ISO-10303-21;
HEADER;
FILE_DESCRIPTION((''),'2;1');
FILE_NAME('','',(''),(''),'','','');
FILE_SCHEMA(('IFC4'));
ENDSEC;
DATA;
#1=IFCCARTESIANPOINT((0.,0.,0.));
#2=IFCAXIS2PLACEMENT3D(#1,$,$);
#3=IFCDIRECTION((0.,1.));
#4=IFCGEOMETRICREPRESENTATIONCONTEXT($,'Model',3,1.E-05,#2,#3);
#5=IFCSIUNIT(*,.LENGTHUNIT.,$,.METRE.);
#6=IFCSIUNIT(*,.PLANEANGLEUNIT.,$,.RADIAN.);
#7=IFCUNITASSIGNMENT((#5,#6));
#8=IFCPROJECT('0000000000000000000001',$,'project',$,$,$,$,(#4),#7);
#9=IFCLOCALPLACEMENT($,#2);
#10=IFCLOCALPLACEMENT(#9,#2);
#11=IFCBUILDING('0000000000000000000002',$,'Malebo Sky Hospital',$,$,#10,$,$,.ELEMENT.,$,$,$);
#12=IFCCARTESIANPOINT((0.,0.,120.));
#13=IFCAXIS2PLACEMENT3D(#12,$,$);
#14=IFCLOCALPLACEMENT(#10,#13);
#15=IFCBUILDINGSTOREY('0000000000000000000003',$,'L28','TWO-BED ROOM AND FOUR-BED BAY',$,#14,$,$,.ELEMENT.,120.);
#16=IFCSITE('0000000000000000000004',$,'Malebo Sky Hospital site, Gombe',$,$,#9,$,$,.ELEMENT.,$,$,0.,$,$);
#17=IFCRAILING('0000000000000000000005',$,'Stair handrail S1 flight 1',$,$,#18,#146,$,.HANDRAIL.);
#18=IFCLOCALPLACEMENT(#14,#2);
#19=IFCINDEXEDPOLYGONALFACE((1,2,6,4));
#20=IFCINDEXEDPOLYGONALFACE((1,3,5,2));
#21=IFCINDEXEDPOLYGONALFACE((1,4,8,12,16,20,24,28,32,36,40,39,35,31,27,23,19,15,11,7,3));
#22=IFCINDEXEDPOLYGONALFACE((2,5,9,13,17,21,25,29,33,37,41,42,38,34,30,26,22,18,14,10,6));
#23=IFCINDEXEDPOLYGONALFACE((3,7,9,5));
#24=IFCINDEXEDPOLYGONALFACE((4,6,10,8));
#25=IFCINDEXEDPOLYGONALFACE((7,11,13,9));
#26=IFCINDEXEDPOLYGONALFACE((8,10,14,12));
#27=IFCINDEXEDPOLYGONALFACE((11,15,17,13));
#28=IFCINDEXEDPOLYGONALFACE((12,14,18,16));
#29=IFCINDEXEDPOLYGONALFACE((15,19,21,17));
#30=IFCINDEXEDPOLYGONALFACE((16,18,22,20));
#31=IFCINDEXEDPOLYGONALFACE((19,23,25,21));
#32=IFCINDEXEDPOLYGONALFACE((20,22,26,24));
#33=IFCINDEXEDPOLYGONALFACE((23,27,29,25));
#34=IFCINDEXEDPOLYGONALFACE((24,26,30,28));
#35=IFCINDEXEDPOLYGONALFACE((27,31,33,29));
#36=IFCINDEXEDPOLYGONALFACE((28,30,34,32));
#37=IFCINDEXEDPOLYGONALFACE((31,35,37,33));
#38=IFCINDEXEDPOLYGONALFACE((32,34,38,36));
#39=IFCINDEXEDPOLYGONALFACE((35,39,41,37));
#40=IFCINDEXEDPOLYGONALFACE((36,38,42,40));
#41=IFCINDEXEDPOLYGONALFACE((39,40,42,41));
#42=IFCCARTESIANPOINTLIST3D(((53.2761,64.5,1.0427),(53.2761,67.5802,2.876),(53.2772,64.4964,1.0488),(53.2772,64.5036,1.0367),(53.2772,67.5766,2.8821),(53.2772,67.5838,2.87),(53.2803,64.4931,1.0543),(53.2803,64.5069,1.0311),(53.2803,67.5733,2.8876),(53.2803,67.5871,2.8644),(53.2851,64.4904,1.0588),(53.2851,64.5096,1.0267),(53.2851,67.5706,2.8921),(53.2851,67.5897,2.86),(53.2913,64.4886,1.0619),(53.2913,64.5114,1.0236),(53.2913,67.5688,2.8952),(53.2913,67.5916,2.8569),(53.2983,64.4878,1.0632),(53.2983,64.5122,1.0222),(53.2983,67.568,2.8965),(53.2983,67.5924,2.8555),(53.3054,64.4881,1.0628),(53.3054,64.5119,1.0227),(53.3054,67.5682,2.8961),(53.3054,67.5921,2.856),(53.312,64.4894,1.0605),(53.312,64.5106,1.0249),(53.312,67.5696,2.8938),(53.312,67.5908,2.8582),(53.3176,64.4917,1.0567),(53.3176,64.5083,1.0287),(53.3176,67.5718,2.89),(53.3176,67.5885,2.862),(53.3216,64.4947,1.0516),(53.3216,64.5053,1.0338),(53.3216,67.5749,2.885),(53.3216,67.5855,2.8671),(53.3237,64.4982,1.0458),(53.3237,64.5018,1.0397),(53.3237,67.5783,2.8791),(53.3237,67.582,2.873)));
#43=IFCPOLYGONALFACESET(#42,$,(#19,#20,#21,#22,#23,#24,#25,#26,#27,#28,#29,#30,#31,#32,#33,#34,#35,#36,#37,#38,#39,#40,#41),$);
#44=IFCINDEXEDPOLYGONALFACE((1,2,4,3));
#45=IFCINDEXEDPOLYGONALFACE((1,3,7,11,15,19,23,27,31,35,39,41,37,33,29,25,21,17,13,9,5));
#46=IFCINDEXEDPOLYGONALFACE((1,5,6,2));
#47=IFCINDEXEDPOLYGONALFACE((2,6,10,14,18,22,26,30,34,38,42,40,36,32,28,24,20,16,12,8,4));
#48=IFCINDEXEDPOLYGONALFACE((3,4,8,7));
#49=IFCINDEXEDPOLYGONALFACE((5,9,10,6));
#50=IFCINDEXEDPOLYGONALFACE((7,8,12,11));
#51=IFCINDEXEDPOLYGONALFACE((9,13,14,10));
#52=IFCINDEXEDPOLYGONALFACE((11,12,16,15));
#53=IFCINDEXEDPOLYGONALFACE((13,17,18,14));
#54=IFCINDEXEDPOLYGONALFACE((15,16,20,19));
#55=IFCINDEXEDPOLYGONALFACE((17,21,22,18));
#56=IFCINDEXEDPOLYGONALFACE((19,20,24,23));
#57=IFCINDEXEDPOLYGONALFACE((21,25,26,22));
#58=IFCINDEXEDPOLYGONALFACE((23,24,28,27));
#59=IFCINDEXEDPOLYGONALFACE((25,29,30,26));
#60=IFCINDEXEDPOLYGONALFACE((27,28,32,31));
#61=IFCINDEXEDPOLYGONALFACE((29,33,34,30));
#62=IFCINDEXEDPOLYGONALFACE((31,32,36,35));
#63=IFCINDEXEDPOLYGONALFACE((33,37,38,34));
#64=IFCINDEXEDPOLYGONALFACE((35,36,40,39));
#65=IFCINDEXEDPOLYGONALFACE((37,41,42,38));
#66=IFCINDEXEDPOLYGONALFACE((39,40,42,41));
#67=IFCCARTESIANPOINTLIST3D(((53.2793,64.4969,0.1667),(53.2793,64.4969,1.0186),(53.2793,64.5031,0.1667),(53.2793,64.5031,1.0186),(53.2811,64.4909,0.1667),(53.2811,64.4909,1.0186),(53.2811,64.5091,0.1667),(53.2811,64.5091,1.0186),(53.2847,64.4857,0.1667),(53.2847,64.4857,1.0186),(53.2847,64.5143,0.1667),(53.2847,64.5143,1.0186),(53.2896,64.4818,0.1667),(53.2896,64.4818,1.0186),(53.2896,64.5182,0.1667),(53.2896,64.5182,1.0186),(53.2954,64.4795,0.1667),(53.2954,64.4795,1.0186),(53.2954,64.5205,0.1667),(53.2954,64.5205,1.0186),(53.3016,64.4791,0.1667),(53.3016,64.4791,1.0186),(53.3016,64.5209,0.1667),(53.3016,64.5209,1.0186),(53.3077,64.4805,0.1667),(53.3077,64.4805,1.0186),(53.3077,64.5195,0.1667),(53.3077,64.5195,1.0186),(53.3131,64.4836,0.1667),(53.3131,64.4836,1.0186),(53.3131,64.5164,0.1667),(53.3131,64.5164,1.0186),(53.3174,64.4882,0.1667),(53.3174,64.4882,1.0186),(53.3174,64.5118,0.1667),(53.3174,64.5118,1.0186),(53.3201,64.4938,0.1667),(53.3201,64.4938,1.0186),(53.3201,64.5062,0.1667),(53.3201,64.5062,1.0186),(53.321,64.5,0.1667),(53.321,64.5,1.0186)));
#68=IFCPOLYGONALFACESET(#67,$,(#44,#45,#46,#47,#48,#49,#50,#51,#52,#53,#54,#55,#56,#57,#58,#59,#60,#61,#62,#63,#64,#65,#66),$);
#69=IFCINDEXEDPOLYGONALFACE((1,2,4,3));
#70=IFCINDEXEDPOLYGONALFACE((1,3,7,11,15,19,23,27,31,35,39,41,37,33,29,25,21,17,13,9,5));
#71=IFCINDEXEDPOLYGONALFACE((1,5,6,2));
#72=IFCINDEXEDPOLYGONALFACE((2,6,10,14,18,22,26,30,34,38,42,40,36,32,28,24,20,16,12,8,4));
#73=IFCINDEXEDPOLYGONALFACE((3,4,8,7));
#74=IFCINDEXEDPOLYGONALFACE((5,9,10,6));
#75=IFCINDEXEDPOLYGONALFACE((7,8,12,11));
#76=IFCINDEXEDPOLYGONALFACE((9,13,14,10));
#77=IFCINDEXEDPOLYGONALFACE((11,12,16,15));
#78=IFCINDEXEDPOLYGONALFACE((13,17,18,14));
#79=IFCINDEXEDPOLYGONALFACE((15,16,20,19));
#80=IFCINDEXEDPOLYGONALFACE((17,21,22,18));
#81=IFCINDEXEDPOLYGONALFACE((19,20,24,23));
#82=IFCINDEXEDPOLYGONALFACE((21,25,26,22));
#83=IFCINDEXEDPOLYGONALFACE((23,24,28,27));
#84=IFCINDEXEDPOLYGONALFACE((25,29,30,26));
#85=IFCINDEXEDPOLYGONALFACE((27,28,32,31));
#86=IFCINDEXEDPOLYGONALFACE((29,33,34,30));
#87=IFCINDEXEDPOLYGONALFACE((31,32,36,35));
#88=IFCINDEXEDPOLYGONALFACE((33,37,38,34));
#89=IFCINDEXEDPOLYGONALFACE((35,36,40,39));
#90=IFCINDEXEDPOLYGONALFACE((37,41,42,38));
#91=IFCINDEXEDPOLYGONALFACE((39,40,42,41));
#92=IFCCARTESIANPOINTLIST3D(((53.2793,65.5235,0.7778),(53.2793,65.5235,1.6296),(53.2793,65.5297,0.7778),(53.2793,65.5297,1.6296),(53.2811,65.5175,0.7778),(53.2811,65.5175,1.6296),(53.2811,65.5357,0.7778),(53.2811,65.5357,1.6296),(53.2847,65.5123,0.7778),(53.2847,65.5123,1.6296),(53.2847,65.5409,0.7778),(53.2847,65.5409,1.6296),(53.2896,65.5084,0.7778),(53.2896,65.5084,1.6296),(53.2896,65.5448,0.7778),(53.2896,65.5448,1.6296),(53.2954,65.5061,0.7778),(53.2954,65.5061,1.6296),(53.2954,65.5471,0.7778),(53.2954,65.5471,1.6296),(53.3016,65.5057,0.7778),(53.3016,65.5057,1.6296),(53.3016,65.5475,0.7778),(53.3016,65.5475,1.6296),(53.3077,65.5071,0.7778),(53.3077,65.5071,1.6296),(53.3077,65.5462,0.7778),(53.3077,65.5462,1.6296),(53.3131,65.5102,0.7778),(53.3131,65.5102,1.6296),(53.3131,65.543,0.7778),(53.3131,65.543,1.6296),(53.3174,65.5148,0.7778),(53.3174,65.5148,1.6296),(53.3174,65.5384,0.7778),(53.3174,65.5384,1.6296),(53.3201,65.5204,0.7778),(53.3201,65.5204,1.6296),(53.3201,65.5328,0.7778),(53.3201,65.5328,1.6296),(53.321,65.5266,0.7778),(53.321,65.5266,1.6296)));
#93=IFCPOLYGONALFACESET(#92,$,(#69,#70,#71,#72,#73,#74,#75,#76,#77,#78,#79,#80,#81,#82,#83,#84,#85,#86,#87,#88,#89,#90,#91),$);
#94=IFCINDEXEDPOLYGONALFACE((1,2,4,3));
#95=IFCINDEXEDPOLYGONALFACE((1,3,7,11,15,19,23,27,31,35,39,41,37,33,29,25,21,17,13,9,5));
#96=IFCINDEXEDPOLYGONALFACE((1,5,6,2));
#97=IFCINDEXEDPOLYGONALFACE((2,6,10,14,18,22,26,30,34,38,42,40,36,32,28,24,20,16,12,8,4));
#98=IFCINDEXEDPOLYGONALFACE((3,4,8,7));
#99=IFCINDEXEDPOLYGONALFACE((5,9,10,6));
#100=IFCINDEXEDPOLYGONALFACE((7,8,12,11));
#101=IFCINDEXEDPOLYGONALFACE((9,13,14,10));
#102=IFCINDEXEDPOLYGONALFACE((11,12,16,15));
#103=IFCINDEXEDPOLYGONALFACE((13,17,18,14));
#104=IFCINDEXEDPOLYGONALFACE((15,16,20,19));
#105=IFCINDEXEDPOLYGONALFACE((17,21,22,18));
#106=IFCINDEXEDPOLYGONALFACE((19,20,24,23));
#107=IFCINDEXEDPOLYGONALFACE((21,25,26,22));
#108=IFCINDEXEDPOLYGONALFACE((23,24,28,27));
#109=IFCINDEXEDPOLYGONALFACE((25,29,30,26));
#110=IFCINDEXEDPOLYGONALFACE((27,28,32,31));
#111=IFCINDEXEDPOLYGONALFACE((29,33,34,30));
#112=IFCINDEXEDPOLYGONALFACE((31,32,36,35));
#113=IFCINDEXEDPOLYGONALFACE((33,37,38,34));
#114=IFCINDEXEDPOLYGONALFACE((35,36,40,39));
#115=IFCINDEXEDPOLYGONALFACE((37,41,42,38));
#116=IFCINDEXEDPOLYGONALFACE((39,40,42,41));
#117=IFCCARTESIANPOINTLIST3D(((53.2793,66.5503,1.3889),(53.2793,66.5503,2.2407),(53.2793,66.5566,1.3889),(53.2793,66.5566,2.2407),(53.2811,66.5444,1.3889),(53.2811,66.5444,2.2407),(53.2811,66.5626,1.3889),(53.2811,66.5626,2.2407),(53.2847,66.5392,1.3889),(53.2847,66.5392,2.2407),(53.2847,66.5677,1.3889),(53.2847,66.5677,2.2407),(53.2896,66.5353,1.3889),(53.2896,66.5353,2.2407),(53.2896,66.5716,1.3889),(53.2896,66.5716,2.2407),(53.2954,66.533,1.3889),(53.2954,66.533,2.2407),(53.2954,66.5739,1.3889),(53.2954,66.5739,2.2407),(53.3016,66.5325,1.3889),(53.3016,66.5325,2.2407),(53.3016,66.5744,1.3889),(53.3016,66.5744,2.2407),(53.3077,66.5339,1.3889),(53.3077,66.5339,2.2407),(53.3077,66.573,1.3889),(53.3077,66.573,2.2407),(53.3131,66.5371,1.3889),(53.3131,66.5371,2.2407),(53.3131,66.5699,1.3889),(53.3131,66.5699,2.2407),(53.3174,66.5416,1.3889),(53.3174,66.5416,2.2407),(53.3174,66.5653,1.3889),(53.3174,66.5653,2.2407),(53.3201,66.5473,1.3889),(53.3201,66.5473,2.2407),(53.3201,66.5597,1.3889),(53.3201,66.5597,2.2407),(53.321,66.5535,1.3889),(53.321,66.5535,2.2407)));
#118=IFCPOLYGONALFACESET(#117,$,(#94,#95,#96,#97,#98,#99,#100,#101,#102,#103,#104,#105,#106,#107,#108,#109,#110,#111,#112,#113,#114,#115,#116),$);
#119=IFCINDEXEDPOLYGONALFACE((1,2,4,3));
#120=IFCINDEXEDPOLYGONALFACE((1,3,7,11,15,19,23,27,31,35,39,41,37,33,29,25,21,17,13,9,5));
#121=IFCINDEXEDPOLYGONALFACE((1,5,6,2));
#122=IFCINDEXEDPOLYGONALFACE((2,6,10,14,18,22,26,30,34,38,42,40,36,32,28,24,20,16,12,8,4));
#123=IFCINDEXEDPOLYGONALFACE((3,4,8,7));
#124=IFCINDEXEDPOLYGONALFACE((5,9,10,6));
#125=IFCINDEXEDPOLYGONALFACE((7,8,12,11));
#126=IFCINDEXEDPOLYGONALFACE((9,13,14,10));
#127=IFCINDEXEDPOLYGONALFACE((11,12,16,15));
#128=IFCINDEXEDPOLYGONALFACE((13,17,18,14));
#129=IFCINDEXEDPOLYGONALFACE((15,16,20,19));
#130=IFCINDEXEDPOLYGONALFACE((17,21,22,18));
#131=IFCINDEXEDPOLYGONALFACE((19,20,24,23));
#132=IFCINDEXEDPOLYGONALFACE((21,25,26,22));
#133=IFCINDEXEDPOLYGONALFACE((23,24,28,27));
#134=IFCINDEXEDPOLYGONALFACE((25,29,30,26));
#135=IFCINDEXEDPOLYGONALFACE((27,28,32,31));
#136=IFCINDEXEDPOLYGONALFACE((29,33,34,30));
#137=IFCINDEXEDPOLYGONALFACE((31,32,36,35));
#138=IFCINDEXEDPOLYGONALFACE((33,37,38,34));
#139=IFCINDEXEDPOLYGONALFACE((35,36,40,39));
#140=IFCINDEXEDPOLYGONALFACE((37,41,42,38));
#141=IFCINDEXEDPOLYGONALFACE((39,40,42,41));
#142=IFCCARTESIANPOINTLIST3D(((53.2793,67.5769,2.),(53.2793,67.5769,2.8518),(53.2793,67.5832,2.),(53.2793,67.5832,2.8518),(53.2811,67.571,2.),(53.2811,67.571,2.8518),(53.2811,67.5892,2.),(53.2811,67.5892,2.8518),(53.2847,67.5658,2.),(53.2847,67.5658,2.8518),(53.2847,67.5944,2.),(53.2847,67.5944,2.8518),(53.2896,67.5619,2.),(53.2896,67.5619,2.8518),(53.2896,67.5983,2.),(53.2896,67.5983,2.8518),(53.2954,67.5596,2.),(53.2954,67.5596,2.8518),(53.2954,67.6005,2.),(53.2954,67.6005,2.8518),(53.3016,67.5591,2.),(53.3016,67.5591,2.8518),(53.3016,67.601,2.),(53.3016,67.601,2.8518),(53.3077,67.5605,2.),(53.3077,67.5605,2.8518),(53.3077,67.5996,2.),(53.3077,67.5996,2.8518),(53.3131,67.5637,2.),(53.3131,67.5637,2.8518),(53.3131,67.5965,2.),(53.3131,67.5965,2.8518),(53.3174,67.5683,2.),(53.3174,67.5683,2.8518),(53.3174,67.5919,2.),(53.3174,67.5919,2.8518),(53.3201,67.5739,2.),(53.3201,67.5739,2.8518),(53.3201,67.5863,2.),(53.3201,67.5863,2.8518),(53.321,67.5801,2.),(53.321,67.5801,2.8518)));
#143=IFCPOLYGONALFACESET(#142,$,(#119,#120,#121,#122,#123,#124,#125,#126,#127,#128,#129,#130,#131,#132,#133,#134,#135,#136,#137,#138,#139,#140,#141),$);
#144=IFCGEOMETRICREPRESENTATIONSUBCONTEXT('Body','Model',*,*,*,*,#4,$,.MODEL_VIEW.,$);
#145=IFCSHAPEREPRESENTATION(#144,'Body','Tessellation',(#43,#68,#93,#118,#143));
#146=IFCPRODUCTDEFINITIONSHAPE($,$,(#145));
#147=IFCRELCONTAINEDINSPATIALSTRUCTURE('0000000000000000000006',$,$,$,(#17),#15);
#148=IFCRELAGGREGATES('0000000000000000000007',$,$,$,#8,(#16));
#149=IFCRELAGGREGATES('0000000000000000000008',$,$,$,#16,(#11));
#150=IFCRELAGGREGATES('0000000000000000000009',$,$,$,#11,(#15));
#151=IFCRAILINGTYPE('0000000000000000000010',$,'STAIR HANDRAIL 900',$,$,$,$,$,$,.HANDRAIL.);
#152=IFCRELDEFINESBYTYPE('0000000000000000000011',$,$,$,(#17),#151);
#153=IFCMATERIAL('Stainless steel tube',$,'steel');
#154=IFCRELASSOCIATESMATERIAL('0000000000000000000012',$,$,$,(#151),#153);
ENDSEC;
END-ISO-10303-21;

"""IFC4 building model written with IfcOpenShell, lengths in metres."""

from ifc_helpers import new_model, si_unit, direction, frame, origin, origin_2d, place, context, subcontext, project, spatial, circle, extrude, material, type_object, element, save


model = new_model("IFC4")

# Units and contexts
model_context = context("Model", 3, precision=1e-05, world=origin(), true_north=direction((0.0, 1.0)))
body_context = subcontext(model_context, "Body", "Model", "MODEL_VIEW")
ifc_project = project(units=[si_unit("LENGTHUNIT", "METRE"), si_unit("PLANEANGLEUNIT", "RADIAN")], contexts=[model_context])

# Site, building, storey
site_placement = place(None, origin())
site = spatial("IfcSite", under=ifc_project, at=site_placement, Name="Malebo Sky Hospital site, Gombe", CompositionType="ELEMENT", RefElevation=0.0)
building_placement = place(site_placement, origin())
building = spatial("IfcBuilding", under=site, at=building_placement, Name="Malebo Sky Hospital", CompositionType="ELEMENT")
storey_placement = place(building_placement, frame((0.0, 0.0, 120.0)))
storey = spatial("IfcBuildingStorey", under=building, at=storey_placement, Name="L28", Description="TWO-BED ROOM AND FOUR-BED BAY", CompositionType="ELEMENT", Elevation=120.0)

# Railing
ifc_material_1 = material(Name="Stainless steel tube", Category="steel")
railing_type = type_object("IfcRailingType", Name="STAIR HANDRAIL 900", PredefinedType="HANDRAIL", material=ifc_material_1)
railing_1_placement = place(storey_placement, frame((53.3, 64.5, 0.1667)))
element("IfcRailing", 1, at=railing_1_placement, inside=storey, type_object=railing_type, Name="Stair handrail S1 flight 1", PredefinedType="HANDRAIL", context=body_context, shape_type="SweptSolid", body=[
    extrude(circle(Radius=0.0239, at=origin_2d()), frame((0.0, 0.0, 0.876), z_axis=(0.0, 0.859309, 0.511458), x_axis=(-1.0, 0.0, 0.0)), (0.0, 0.0, 1.0), 3.5845),
    extrude(circle(Radius=0.021, at=origin_2d()), origin(), (0.0, 0.0, 1.0), 0.8518),
    extrude(circle(Radius=0.021, at=origin_2d()), frame((0.0, 1.0266, 0.6111)), (0.0, 0.0, 1.0), 0.8518),
    extrude(circle(Radius=0.021, at=origin_2d()), frame((0.0, 2.0535, 1.2222)), (0.0, 0.0, 1.0), 0.8518),
    extrude(circle(Radius=0.021, at=origin_2d()), frame((0.0, 3.0801, 1.8333)), (0.0, 0.0, 1.0), 0.8518),
])

save(model, "model.ifc")
